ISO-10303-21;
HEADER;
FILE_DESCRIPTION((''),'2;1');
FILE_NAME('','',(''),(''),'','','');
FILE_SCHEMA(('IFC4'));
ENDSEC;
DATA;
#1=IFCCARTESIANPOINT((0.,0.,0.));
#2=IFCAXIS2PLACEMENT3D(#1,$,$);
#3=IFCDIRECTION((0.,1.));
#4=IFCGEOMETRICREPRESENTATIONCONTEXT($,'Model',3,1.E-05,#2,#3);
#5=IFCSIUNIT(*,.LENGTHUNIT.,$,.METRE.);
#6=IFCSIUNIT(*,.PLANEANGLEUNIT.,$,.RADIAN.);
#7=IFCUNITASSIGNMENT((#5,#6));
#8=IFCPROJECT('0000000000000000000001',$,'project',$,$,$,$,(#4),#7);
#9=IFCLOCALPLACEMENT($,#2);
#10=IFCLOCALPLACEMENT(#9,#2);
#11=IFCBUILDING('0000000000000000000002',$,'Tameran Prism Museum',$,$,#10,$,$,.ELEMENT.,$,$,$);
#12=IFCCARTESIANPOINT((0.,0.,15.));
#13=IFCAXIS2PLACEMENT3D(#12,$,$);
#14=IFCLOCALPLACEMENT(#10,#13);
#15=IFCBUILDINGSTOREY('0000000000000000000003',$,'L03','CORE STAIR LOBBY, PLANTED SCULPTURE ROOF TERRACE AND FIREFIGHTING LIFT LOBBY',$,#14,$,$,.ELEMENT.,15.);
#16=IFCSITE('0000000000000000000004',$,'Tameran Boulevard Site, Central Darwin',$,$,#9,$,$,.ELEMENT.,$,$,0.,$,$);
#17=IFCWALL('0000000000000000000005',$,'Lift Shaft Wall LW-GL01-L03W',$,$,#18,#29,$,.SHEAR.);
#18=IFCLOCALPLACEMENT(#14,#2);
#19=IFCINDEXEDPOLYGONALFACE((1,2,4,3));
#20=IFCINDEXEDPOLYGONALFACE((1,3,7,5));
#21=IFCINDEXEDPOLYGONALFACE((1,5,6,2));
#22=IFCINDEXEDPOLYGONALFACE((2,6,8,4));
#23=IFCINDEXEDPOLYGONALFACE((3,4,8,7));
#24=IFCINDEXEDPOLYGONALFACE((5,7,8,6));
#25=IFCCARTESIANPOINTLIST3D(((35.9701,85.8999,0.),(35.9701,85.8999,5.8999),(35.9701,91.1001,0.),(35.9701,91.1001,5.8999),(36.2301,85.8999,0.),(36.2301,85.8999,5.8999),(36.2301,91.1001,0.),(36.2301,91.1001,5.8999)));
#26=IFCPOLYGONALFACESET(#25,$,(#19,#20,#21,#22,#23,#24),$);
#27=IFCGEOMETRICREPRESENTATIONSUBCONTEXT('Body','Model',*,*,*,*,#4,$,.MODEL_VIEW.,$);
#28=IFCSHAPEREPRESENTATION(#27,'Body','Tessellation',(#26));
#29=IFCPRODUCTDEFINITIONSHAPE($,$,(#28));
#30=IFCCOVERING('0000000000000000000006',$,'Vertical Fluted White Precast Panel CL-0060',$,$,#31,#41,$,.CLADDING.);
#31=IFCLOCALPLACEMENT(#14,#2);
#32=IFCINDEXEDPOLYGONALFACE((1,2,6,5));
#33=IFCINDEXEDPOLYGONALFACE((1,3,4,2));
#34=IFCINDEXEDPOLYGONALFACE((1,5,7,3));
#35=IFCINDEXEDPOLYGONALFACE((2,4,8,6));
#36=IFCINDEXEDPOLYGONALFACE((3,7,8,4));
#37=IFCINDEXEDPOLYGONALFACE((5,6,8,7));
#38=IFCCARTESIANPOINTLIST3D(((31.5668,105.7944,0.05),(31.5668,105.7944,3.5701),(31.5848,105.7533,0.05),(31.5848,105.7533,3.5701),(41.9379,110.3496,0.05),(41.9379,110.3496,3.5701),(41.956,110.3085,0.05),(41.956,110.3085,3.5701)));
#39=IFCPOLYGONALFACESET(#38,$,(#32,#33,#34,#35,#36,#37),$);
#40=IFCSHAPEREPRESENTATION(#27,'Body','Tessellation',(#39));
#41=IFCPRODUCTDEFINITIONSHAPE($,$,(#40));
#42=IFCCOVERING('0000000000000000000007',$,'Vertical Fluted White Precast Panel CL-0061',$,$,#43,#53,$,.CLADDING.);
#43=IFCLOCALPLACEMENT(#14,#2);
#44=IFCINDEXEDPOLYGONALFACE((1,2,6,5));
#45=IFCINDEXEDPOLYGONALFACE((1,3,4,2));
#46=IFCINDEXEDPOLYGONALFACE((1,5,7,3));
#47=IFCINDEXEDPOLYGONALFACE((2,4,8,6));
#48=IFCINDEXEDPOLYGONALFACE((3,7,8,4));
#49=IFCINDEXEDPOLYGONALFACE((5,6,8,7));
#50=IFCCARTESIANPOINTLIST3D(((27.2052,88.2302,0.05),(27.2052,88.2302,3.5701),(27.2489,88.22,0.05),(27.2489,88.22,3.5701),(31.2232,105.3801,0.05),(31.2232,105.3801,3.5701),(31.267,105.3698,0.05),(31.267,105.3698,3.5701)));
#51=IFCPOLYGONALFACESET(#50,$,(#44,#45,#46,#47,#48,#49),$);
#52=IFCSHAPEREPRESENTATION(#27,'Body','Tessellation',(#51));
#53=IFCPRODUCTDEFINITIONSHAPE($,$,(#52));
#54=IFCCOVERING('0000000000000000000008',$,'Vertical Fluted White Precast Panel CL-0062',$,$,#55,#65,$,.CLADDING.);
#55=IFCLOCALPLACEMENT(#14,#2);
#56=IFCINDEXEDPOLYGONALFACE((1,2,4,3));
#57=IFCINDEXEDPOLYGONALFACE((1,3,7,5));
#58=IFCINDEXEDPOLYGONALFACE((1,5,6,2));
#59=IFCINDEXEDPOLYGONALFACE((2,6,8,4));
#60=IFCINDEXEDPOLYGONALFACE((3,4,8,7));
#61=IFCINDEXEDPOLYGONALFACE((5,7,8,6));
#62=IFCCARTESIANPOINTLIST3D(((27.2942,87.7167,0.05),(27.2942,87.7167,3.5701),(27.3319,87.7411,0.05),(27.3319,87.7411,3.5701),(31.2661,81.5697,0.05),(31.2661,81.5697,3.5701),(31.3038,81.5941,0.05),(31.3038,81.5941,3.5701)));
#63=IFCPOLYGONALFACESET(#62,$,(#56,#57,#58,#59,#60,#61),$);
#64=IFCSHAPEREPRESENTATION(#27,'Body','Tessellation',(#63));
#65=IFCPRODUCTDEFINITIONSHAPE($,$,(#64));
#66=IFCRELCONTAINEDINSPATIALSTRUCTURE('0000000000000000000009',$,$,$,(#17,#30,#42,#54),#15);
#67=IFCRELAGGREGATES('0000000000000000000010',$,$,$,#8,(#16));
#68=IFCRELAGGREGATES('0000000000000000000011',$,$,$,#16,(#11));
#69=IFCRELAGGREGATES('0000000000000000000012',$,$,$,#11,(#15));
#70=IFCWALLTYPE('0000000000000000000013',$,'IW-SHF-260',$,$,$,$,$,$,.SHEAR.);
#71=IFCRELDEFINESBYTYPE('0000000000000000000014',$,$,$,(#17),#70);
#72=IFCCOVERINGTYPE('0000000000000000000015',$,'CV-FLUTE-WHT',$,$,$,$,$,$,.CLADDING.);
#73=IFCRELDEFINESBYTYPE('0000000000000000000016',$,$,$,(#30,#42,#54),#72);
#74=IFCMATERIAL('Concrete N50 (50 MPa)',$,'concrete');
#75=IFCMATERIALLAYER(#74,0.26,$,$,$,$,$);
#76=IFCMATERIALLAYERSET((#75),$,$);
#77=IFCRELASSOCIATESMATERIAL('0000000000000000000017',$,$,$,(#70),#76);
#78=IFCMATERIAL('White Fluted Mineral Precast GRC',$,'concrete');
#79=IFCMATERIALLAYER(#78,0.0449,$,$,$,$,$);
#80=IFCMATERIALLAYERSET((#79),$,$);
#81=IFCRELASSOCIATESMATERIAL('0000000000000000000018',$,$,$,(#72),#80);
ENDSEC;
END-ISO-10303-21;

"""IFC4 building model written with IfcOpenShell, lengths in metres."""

from ifc_helpers import new_model, si_unit, direction, frame, frame_2d, origin, place, context, subcontext, project, spatial, rectangle, extrude, material, layer, layer_set, type_object, element, save


model = new_model("IFC4")

# Units and contexts
model_context = context("Model", 3, precision=1e-05, world=origin(), true_north=direction((0.0, 1.0)))
body_context = subcontext(model_context, "Body", "Model", "MODEL_VIEW")
ifc_project = project(units=[si_unit("LENGTHUNIT", "METRE"), si_unit("PLANEANGLEUNIT", "RADIAN")], contexts=[model_context])

# Site, building, storey
site_placement = place(None, origin())
site = spatial("IfcSite", under=ifc_project, at=site_placement, Name="Tameran Boulevard Site, Central Darwin", CompositionType="ELEMENT", RefElevation=0.0)
building_placement = place(site_placement, origin())
building = spatial("IfcBuilding", under=site, at=building_placement, Name="Tameran Prism Museum", CompositionType="ELEMENT")
storey_placement = place(building_placement, frame((0.0, 0.0, 15.0)))
storey = spatial("IfcBuildingStorey", under=building, at=storey_placement, Name="L03", Description="CORE STAIR LOBBY, PLANTED SCULPTURE ROOF TERRACE AND FIREFIGHTING LIFT LOBBY", CompositionType="ELEMENT", Elevation=15.0)

# Wall
ifc_material_1 = material(Name="Concrete N50 (50 MPa)", Category="concrete")
ifc_layer_1 = layer(ifc_material_1, 0.26)
ifc_layer_set_1 = layer_set([ifc_layer_1])
wall_type_1 = type_object("IfcWallType", Name="IW-SHF-260", PredefinedType="SHEAR", material=ifc_layer_set_1)
wall_1_placement = place(storey_placement, frame((36.1001, 85.8999, 0.0), z_axis=(0.0, 0.0, 1.0), x_axis=(0.0, 1.0, 0.0)))
element("IfcWall", 1, at=wall_1_placement, inside=storey, type_object=wall_type_1, Name="Lift Shaft Wall LW-GL01-L03W", PredefinedType="SHEAR", context=body_context, shape_type="SweptSolid", body=[
    extrude(rectangle(XDim=5.2002, YDim=0.26, at=frame_2d((2.6001, 0.0))), origin(), (0.0, 0.0, 1.0), 5.8999),
])

# Coverings
ifc_material_2 = material(Name="White Fluted Mineral Precast GRC", Category="concrete")
ifc_layer_2 = layer(ifc_material_2, 0.0449)
ifc_layer_set_2 = layer_set([ifc_layer_2])
covering_type = type_object("IfcCoveringType", Name="CV-FLUTE-WHT", PredefinedType="CLADDING", material=ifc_layer_set_2)
covering_1_placement = place(storey_placement, frame((31.5759, 105.7739, 0.05), z_axis=(0.0, 0.0, 1.0), x_axis=(0.915579, 0.402139, 0.0)))
element("IfcCovering", 2, at=covering_1_placement, inside=storey, type_object=covering_type, Name="Vertical Fluted White Precast Panel CL-0060", PredefinedType="CLADDING", context=body_context, shape_type="SweptSolid", body=[
    extrude(rectangle(XDim=11.3274, YDim=0.0449, at=frame_2d((5.6636, 0.0))), origin(), (0.0, 0.0, 1.0), 3.52),
])
covering_2_placement = place(storey_placement, frame((27.2271, 88.2251, 0.05), z_axis=(0.0, 0.0, 1.0), x_axis=(0.228114, 0.973634, 0.0)))
element("IfcCovering", 3, at=covering_2_placement, inside=storey, type_object=covering_type, Name="Vertical Fluted White Precast Panel CL-0061", PredefinedType="CLADDING", context=body_context, shape_type="SweptSolid", body=[
    extrude(rectangle(XDim=17.6143, YDim=0.0449, at=frame_2d((8.8071, 0.0))), origin(), (0.0, 0.0, 1.0), 3.52),
])
covering_3_placement = place(storey_placement, frame((31.2849, 81.582, 0.05), z_axis=(0.0, 0.0, 1.0), x_axis=(-0.542719, 0.839915, 0.0)))
element("IfcCovering", 4, at=covering_3_placement, inside=storey, type_object=covering_type, Name="Vertical Fluted White Precast Panel CL-0062", PredefinedType="CLADDING", context=body_context, shape_type="SweptSolid", body=[
    extrude(rectangle(XDim=7.3186, YDim=0.0449, at=frame_2d((3.6592, 0.0))), origin(), (0.0, 0.0, 1.0), 3.52),
])

save(model, "model.ifc")
